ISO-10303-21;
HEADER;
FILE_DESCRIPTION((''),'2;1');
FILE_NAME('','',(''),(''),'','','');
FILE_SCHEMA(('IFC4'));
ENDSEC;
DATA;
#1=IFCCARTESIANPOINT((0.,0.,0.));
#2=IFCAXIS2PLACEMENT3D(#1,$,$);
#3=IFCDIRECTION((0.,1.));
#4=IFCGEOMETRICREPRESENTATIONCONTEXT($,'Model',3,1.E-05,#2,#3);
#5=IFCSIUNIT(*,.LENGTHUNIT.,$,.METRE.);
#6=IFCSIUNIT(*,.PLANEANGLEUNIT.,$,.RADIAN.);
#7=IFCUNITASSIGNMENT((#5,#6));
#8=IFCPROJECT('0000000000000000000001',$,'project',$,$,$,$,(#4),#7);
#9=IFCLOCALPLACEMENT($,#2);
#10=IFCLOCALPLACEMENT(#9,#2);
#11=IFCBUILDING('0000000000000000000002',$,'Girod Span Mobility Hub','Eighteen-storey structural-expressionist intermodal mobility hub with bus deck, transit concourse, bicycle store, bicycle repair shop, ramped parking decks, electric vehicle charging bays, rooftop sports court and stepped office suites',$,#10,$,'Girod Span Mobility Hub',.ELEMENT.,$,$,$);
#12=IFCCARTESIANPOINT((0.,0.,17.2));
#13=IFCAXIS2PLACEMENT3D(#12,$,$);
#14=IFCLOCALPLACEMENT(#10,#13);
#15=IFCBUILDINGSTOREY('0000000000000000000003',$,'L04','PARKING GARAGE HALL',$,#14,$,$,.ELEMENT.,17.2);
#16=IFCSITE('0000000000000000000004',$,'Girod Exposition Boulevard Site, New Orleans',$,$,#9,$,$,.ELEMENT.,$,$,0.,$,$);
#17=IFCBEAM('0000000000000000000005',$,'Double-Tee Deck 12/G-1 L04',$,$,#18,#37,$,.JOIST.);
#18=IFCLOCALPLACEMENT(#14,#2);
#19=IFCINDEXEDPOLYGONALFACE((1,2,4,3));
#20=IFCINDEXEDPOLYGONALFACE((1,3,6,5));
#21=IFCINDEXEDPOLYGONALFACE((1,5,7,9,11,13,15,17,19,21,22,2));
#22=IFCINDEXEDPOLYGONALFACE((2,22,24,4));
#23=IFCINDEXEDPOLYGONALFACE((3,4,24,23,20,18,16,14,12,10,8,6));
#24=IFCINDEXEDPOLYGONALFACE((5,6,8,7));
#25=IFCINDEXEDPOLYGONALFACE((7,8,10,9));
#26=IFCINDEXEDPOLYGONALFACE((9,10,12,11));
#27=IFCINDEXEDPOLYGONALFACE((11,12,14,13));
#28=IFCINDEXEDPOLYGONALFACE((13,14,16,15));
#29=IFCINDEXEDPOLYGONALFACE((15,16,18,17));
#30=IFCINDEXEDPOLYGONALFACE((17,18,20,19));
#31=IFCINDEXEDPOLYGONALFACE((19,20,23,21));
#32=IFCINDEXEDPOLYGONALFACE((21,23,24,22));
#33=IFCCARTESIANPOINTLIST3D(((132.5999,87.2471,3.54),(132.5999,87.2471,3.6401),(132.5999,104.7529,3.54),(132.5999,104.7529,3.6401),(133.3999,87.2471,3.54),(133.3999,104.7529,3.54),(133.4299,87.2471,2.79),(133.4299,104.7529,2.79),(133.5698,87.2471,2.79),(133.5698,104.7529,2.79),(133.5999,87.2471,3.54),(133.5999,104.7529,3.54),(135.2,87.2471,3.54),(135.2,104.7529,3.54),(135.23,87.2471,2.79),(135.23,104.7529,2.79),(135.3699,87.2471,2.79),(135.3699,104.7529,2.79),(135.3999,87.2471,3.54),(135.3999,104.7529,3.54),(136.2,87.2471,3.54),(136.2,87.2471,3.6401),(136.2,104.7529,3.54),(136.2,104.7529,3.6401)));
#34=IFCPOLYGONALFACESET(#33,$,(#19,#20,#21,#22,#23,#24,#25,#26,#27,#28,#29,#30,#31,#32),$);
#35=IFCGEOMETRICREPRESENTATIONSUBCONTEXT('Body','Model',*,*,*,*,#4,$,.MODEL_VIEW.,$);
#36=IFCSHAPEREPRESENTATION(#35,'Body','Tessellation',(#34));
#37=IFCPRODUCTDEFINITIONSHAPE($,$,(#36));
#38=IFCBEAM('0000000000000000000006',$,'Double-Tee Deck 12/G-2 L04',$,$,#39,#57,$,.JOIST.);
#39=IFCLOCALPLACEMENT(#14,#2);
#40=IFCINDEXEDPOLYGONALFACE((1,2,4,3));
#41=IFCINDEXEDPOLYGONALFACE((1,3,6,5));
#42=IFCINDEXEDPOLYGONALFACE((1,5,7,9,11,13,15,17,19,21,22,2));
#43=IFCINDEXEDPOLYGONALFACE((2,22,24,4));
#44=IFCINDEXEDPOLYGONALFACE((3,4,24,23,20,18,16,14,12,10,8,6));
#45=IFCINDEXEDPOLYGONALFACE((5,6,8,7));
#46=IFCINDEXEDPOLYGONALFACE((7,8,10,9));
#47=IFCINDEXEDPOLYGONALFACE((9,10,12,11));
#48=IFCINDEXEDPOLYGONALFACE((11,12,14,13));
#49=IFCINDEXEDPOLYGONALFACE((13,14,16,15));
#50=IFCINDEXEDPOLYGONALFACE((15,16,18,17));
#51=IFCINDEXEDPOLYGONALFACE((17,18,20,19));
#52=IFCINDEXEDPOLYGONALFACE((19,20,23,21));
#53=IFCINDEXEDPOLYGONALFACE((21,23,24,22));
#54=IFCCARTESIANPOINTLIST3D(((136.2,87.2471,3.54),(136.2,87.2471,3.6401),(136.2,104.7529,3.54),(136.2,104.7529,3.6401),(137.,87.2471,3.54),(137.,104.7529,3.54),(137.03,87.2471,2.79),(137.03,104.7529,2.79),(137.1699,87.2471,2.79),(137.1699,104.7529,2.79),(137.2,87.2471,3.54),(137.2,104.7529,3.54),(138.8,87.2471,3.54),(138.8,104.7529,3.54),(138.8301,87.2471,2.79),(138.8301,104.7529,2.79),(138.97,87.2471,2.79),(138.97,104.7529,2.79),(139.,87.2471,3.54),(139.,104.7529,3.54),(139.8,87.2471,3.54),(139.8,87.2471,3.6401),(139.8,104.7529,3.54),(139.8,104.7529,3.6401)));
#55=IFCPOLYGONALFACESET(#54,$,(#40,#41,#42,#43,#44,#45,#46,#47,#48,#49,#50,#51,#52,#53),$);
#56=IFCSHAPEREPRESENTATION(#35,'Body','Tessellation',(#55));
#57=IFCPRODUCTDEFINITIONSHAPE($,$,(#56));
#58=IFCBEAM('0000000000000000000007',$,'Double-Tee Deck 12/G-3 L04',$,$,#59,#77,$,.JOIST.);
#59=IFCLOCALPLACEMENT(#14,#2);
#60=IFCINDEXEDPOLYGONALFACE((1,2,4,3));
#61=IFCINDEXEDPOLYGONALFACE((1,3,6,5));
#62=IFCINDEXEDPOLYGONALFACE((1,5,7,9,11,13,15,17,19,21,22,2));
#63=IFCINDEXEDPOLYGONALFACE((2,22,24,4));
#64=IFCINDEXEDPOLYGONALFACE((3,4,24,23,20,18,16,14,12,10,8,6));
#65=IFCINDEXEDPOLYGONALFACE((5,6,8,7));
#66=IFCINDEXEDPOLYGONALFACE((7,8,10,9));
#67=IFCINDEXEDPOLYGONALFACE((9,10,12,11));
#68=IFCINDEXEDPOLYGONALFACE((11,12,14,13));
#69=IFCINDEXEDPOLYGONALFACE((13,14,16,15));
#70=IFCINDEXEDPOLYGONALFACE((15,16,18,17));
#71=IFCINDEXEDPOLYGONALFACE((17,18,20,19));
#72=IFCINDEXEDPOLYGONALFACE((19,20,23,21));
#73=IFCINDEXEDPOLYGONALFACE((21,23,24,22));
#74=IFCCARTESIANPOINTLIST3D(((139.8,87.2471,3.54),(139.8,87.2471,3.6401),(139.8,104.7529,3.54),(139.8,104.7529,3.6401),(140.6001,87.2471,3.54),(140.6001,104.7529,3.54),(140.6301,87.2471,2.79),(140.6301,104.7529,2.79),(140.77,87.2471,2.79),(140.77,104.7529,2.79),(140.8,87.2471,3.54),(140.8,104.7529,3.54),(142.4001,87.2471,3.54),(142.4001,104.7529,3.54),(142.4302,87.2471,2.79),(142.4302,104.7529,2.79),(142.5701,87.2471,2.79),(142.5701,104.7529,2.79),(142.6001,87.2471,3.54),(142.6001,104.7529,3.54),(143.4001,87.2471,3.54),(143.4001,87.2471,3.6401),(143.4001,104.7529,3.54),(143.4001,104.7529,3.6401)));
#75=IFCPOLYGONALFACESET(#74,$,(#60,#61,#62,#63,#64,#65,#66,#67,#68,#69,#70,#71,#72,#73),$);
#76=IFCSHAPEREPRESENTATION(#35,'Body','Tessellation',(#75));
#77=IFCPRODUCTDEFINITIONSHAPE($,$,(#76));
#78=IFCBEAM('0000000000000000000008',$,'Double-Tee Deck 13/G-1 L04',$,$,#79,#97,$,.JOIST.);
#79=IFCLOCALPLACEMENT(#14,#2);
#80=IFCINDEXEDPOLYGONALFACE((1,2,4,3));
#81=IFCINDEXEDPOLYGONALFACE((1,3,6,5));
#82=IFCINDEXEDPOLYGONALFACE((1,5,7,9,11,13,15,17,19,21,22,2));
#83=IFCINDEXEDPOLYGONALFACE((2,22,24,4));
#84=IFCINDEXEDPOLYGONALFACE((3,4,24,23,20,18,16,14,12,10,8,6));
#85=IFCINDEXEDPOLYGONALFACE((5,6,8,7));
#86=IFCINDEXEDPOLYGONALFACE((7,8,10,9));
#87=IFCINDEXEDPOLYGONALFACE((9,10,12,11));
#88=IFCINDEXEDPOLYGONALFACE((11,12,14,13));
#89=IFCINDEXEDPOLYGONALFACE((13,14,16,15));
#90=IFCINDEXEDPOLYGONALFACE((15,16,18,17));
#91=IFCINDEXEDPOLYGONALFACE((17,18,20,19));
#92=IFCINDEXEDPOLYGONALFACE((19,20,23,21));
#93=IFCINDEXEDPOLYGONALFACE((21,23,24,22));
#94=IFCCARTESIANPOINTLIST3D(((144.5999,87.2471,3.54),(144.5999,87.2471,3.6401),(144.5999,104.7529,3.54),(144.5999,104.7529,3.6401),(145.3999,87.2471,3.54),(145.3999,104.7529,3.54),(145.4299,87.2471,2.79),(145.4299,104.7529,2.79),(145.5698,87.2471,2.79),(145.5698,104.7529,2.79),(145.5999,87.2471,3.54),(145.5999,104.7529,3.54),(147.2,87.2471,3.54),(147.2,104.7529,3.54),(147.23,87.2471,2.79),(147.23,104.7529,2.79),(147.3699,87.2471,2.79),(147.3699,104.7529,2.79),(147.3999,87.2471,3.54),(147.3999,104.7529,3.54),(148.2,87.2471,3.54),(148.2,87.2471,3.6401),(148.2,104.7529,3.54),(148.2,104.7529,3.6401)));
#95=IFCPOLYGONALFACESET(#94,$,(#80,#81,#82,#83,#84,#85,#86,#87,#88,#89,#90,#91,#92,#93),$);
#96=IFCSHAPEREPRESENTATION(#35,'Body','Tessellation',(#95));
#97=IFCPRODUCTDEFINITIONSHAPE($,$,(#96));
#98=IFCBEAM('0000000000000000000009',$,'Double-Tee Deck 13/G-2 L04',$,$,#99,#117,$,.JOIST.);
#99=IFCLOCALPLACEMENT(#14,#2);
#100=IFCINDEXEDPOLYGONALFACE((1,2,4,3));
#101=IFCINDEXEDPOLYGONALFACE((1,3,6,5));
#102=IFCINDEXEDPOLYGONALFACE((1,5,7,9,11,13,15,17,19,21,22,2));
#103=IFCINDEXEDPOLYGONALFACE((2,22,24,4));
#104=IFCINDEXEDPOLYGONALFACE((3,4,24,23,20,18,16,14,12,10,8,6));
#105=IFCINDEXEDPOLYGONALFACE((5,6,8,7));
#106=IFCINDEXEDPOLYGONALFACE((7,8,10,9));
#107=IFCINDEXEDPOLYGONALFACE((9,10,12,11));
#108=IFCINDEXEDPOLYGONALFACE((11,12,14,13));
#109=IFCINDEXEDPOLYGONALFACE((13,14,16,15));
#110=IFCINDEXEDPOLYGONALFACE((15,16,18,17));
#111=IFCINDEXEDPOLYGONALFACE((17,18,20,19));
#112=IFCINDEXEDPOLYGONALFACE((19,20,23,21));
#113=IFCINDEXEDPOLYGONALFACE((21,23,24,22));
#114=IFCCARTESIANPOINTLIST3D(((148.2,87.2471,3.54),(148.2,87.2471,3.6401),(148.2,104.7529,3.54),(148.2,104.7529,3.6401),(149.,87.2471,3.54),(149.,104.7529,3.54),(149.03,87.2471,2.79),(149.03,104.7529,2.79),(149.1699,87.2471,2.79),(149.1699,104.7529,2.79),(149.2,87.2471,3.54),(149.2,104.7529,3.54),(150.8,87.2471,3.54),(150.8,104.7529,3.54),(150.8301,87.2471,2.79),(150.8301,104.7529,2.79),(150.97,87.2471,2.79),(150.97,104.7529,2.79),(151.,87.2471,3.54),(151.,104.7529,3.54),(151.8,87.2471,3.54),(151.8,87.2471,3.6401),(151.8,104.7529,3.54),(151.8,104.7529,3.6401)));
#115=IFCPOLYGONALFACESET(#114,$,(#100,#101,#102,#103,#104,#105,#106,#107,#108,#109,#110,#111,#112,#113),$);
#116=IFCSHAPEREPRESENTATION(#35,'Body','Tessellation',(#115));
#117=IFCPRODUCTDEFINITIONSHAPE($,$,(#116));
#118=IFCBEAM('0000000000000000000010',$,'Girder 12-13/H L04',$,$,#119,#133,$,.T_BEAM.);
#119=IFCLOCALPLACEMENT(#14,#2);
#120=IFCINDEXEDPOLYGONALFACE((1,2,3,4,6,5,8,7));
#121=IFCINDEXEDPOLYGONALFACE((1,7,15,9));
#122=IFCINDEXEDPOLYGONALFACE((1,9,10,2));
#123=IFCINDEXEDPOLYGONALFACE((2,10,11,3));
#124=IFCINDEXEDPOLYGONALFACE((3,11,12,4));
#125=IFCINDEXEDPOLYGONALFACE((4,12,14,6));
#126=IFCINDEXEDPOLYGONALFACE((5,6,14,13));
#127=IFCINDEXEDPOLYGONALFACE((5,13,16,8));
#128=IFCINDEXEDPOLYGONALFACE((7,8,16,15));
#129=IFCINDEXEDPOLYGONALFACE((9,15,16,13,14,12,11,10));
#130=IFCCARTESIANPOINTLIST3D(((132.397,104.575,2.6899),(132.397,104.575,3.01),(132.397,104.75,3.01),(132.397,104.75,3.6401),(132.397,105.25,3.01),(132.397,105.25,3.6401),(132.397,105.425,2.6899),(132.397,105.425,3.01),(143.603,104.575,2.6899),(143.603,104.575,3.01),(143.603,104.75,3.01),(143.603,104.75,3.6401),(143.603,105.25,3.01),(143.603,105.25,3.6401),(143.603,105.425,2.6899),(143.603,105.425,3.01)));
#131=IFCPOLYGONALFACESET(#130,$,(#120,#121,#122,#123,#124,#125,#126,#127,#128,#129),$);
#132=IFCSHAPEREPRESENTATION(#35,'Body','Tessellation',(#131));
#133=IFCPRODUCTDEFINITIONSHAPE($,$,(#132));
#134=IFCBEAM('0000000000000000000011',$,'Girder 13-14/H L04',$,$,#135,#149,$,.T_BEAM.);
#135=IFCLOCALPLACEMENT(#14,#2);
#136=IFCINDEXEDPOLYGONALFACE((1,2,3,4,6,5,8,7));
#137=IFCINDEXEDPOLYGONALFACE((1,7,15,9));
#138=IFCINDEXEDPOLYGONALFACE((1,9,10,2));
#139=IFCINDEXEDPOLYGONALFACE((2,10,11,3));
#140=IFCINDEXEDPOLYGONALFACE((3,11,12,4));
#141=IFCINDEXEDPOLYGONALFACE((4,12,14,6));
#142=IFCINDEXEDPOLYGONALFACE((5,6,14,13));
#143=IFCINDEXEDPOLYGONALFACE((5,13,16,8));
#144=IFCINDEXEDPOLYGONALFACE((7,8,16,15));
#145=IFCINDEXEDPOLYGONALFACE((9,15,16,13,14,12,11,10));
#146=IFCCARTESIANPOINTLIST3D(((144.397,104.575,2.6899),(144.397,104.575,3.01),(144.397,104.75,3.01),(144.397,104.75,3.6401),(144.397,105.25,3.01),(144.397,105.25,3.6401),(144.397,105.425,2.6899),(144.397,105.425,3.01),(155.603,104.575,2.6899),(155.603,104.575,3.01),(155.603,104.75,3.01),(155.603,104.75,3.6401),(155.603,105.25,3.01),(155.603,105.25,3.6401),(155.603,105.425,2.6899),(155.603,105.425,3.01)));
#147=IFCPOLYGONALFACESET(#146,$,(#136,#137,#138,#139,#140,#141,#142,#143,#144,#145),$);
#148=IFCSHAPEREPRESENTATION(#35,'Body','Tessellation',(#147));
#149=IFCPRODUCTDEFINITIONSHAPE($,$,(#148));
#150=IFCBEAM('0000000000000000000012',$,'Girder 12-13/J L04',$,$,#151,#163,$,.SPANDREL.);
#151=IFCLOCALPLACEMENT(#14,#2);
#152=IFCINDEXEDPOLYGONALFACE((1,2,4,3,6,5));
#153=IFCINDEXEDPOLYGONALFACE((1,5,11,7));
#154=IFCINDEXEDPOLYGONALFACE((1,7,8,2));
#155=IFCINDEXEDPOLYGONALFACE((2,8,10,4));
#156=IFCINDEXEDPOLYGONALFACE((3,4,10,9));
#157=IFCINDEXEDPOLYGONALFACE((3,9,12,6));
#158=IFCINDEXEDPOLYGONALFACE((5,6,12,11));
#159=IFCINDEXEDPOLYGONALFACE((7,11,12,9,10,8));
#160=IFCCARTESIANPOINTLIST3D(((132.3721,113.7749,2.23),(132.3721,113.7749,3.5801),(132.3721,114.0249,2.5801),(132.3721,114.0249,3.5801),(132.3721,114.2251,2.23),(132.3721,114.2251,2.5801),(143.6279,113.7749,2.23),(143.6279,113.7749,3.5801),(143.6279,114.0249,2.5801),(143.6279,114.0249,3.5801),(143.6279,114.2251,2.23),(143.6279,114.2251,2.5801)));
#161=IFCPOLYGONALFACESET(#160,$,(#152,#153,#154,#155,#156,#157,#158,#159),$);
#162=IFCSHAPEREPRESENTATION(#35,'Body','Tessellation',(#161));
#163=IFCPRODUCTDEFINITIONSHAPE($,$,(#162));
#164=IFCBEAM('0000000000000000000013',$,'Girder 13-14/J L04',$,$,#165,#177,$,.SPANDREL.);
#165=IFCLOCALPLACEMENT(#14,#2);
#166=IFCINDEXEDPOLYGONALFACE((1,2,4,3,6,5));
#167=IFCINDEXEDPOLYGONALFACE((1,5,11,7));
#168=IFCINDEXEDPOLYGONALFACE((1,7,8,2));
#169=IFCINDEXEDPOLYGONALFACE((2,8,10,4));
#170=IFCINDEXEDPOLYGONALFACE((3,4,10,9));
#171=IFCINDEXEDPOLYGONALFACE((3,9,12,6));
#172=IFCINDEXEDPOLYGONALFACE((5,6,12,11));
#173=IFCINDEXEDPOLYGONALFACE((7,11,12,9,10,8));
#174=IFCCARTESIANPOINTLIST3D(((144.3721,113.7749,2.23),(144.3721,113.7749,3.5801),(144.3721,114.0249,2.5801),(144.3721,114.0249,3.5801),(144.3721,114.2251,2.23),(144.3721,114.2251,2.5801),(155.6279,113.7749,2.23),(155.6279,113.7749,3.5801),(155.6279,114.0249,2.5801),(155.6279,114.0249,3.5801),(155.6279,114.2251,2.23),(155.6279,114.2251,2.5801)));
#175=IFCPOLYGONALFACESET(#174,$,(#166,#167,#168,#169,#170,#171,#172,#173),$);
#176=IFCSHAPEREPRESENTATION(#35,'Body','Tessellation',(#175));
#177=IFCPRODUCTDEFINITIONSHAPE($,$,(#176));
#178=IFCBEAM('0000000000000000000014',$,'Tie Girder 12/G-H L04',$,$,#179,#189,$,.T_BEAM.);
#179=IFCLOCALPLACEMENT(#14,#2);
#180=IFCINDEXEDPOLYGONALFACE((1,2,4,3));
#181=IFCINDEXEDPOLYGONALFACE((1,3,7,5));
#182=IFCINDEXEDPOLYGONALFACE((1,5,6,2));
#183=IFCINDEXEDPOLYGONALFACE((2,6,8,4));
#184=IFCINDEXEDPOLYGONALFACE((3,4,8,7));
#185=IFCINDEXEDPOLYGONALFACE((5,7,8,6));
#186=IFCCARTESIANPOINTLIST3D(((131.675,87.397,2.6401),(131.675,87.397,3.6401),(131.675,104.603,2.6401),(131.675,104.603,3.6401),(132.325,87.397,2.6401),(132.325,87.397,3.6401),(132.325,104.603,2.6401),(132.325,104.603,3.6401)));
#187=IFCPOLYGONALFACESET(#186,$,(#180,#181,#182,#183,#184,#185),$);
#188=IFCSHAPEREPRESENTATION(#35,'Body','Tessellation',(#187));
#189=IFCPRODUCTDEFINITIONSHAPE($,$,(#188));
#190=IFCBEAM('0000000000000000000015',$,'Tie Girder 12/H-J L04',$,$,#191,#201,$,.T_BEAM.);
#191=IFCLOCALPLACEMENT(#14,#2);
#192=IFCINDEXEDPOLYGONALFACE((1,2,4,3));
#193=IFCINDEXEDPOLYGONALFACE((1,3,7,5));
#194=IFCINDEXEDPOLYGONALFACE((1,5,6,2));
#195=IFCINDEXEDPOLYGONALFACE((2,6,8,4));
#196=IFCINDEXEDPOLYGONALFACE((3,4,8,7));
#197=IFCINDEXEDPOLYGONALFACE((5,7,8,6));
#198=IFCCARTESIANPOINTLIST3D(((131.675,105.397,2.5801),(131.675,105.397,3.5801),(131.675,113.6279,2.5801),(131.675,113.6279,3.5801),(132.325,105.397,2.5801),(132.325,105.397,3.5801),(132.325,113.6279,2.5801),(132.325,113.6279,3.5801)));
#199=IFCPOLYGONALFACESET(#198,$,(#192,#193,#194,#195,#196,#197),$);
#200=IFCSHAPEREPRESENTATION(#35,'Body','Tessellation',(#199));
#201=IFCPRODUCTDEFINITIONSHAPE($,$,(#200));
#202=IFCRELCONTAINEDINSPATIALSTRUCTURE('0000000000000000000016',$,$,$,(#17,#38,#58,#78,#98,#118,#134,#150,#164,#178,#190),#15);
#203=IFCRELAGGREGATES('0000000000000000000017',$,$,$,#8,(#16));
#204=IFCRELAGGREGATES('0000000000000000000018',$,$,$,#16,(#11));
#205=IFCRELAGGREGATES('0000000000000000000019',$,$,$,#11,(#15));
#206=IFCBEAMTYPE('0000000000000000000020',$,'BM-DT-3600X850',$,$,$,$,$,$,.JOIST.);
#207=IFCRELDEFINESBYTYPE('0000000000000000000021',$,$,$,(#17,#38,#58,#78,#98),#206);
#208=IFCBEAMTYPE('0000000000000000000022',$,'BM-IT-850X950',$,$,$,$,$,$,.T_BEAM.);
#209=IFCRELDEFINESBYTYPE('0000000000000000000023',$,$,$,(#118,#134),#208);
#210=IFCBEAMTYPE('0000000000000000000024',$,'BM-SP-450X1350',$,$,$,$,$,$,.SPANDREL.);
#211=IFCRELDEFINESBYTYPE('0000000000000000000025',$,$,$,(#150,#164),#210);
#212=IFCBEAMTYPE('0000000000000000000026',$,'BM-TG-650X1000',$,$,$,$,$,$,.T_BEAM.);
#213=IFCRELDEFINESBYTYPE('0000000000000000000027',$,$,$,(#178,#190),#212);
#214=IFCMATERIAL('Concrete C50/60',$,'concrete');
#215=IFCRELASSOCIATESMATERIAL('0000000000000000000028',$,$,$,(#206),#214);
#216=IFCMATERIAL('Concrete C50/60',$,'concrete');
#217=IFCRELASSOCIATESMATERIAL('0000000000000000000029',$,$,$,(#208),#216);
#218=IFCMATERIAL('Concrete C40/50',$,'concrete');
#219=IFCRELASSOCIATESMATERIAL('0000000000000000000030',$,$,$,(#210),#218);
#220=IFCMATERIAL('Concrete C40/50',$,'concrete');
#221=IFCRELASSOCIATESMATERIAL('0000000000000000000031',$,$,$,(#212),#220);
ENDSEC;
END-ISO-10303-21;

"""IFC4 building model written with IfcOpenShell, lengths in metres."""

from ifc_helpers import new_model, si_unit, direction, frame, origin, origin_2d, place, context, subcontext, project, spatial, polyline, rectangle, outline, extrude, material, material_profile, profile_set, type_object, element, save


model = new_model("IFC4")

# Units and contexts
model_context = context("Model", 3, precision=1e-05, world=origin(), true_north=direction((0.0, 1.0)))
body_context = subcontext(model_context, "Body", "Model", "MODEL_VIEW")
ifc_project = project(units=[si_unit("LENGTHUNIT", "METRE"), si_unit("PLANEANGLEUNIT", "RADIAN")], contexts=[model_context])

# Site, building, storey
site_placement = place(None, origin())
site = spatial("IfcSite", under=ifc_project, at=site_placement, Name="Girod Exposition Boulevard Site, New Orleans", CompositionType="ELEMENT", RefElevation=0.0)
building_placement = place(site_placement, origin())
building = spatial("IfcBuilding", under=site, at=building_placement, Name="Girod Span Mobility Hub", Description="Eighteen-storey structural-expressionist intermodal mobility hub with bus deck, transit concourse, bicycle store, bicycle repair shop, ramped parking decks, electric vehicle charging bays, rooftop sports court and stepped office suites", LongName="Girod Span Mobility Hub", CompositionType="ELEMENT")
storey_placement = place(building_placement, frame((0.0, 0.0, 17.2)))
storey = spatial("IfcBuildingStorey", under=building, at=storey_placement, Name="L04", Description="PARKING GARAGE HALL", CompositionType="ELEMENT", Elevation=17.2)

# Beams
ifc_material_1 = material(Name="Concrete C50/60", Category="concrete")
ifc_material_profile_1 = material_profile(ifc_material_1, outline(polyline([(-1.8, 0.425), (-1.8, 0.325), (-1.0, 0.325), (-0.97, -0.425), (-0.8301, -0.425), (-0.8, 0.325), (0.8, 0.325), (0.8301, -0.425), (0.97, -0.425), (1.0, 0.325), (1.8, 0.325), (1.8, 0.425), (-1.8, 0.425)])), Name="DT-3600X850")
ifc_profile_set_1 = profile_set([ifc_material_profile_1], Name="Concrete C50/60")
beam_type_1 = type_object("IfcBeamType", Name="BM-DT-3600X850", PredefinedType="JOIST", material=ifc_profile_set_1)
for number, where, z_axis, x_axis, name in (
    (1, (134.3999, 87.2471, 3.2151), (0.0, 1.0, 0.0), (-1.0, 0.0, 0.0), "Double-Tee Deck 12/G-1 L04"),
    (2, (138.0, 87.2471, 3.2151), (0.0, 1.0, 0.0), (-1.0, 0.0, 0.0), "Double-Tee Deck 12/G-2 L04"),
    (3, (141.6001, 87.2471, 3.2151), (0.0, 1.0, 0.0), (-1.0, 0.0, 0.0), "Double-Tee Deck 12/G-3 L04"),
    (4, (146.3999, 87.2471, 3.2151), (0.0, 1.0, 0.0), (-1.0, 0.0, 0.0), "Double-Tee Deck 13/G-1 L04"),
    (5, (150.0, 87.2471, 3.2151), (0.0, 1.0, 0.0), (-1.0, 0.0, 0.0), "Double-Tee Deck 13/G-2 L04"),
):
    element("IfcBeam", number, at=place(storey_placement, frame(where, z_axis=z_axis, x_axis=x_axis)), inside=storey, type_object=beam_type_1, Name=name, PredefinedType="JOIST", context=body_context, shape_type="SweptSolid", body=[
        extrude(outline(polyline([(-1.8, 0.425), (-1.8, 0.325), (-1.0, 0.325), (-0.97, -0.425), (-0.8301, -0.425), (-0.8, 0.325), (0.8, 0.325), (0.8301, -0.425), (0.97, -0.425), (1.0, 0.325), (1.8, 0.325), (1.8, 0.425), (-1.8, 0.425)])), origin(), (0.0, 0.0, 1.0), 17.5059),
    ])
ifc_material_2 = material(Name="Concrete C50/60", Category="concrete")
ifc_material_profile_2 = material_profile(ifc_material_2, outline(polyline([(-0.425, -0.4751), (0.425, -0.4751), (0.425, -0.155), (0.25, -0.155), (0.25, 0.4751), (-0.25, 0.4751), (-0.25, -0.155), (-0.425, -0.155), (-0.425, -0.4751)])), Name="IT-850X950")
ifc_profile_set_2 = profile_set([ifc_material_profile_2], Name="Concrete C50/60")
beam_type_2 = type_object("IfcBeamType", Name="BM-IT-850X950", PredefinedType="T_BEAM", material=ifc_profile_set_2)
for number, where, z_axis, x_axis, name in (
    (6, (132.397, 105.0, 3.165), (1.0, 0.0, 0.0), (0.0, 1.0, 0.0), "Girder 12-13/H L04"),
    (7, (144.397, 105.0, 3.165), (1.0, 0.0, 0.0), (0.0, 1.0, 0.0), "Girder 13-14/H L04"),
):
    element("IfcBeam", number, at=place(storey_placement, frame(where, z_axis=z_axis, x_axis=x_axis)), inside=storey, type_object=beam_type_2, Name=name, PredefinedType="T_BEAM", context=body_context, shape_type="SweptSolid", body=[
        extrude(outline(polyline([(-0.425, -0.4751), (0.425, -0.4751), (0.425, -0.155), (0.25, -0.155), (0.25, 0.4751), (-0.25, 0.4751), (-0.25, -0.155), (-0.425, -0.155), (-0.425, -0.4751)])), origin(), (0.0, 0.0, 1.0), 11.2061),
    ])
ifc_material_3 = material(Name="Concrete C40/50", Category="concrete")
ifc_material_profile_3 = material_profile(ifc_material_3, outline(polyline([(-0.2251, -0.675), (0.2251, -0.675), (0.2251, -0.325), (0.0249, -0.325), (0.0249, 0.675), (-0.2251, 0.675), (-0.2251, -0.675)])), Name="SP-450X1350")
ifc_profile_set_3 = profile_set([ifc_material_profile_3], Name="Concrete C40/50")
beam_type_3 = type_object("IfcBeamType", Name="BM-SP-450X1350", PredefinedType="SPANDREL", material=ifc_profile_set_3)
for number, where, z_axis, x_axis, name in (
    (8, (132.3721, 114.0, 2.905), (1.0, 0.0, 0.0), (0.0, 1.0, 0.0), "Girder 12-13/J L04"),
    (9, (144.3721, 114.0, 2.905), (1.0, 0.0, 0.0), (0.0, 1.0, 0.0), "Girder 13-14/J L04"),
):
    element("IfcBeam", number, at=place(storey_placement, frame(where, z_axis=z_axis, x_axis=x_axis)), inside=storey, type_object=beam_type_3, Name=name, PredefinedType="SPANDREL", context=body_context, shape_type="SweptSolid", body=[
        extrude(outline(polyline([(-0.2251, -0.675), (0.2251, -0.675), (0.2251, -0.325), (0.0249, -0.325), (0.0249, 0.675), (-0.2251, 0.675), (-0.2251, -0.675)])), origin(), (0.0, 0.0, 1.0), 11.2559),
    ])
ifc_material_4 = material(Name="Concrete C40/50", Category="concrete")
ifc_material_profile_4 = material_profile(ifc_material_4, rectangle(XDim=0.6499, YDim=1.0, at=origin_2d()), Name="TG-650X1000")
ifc_profile_set_4 = profile_set([ifc_material_profile_4], Name="Concrete C40/50")
beam_type_4 = type_object("IfcBeamType", Name="BM-TG-650X1000", PredefinedType="T_BEAM", material=ifc_profile_set_4)
beam_1_placement = place(storey_placement, frame((132.0, 87.397, 3.1401), z_axis=(0.0, 1.0, 0.0), x_axis=(-1.0, 0.0, 0.0)))
element("IfcBeam", 10, at=beam_1_placement, inside=storey, type_object=beam_type_4, Name="Tie Girder 12/G-H L04", PredefinedType="T_BEAM", context=body_context, shape_type="SweptSolid", body=[
    extrude(rectangle(XDim=0.6499, YDim=1.0, at=origin_2d()), origin(), (0.0, 0.0, 1.0), 17.2061),
])
beam_2_placement = place(storey_placement, frame((132.0, 105.397, 3.0801), z_axis=(0.0, 1.0, 0.0), x_axis=(-1.0, 0.0, 0.0)))
element("IfcBeam", 11, at=beam_2_placement, inside=storey, type_object=beam_type_4, Name="Tie Girder 12/H-J L04", PredefinedType="T_BEAM", context=body_context, shape_type="SweptSolid", body=[
    extrude(rectangle(XDim=0.6499, YDim=1.0, at=origin_2d()), origin(), (0.0, 0.0, 1.0), 8.231),
])

save(model, "model.ifc")
